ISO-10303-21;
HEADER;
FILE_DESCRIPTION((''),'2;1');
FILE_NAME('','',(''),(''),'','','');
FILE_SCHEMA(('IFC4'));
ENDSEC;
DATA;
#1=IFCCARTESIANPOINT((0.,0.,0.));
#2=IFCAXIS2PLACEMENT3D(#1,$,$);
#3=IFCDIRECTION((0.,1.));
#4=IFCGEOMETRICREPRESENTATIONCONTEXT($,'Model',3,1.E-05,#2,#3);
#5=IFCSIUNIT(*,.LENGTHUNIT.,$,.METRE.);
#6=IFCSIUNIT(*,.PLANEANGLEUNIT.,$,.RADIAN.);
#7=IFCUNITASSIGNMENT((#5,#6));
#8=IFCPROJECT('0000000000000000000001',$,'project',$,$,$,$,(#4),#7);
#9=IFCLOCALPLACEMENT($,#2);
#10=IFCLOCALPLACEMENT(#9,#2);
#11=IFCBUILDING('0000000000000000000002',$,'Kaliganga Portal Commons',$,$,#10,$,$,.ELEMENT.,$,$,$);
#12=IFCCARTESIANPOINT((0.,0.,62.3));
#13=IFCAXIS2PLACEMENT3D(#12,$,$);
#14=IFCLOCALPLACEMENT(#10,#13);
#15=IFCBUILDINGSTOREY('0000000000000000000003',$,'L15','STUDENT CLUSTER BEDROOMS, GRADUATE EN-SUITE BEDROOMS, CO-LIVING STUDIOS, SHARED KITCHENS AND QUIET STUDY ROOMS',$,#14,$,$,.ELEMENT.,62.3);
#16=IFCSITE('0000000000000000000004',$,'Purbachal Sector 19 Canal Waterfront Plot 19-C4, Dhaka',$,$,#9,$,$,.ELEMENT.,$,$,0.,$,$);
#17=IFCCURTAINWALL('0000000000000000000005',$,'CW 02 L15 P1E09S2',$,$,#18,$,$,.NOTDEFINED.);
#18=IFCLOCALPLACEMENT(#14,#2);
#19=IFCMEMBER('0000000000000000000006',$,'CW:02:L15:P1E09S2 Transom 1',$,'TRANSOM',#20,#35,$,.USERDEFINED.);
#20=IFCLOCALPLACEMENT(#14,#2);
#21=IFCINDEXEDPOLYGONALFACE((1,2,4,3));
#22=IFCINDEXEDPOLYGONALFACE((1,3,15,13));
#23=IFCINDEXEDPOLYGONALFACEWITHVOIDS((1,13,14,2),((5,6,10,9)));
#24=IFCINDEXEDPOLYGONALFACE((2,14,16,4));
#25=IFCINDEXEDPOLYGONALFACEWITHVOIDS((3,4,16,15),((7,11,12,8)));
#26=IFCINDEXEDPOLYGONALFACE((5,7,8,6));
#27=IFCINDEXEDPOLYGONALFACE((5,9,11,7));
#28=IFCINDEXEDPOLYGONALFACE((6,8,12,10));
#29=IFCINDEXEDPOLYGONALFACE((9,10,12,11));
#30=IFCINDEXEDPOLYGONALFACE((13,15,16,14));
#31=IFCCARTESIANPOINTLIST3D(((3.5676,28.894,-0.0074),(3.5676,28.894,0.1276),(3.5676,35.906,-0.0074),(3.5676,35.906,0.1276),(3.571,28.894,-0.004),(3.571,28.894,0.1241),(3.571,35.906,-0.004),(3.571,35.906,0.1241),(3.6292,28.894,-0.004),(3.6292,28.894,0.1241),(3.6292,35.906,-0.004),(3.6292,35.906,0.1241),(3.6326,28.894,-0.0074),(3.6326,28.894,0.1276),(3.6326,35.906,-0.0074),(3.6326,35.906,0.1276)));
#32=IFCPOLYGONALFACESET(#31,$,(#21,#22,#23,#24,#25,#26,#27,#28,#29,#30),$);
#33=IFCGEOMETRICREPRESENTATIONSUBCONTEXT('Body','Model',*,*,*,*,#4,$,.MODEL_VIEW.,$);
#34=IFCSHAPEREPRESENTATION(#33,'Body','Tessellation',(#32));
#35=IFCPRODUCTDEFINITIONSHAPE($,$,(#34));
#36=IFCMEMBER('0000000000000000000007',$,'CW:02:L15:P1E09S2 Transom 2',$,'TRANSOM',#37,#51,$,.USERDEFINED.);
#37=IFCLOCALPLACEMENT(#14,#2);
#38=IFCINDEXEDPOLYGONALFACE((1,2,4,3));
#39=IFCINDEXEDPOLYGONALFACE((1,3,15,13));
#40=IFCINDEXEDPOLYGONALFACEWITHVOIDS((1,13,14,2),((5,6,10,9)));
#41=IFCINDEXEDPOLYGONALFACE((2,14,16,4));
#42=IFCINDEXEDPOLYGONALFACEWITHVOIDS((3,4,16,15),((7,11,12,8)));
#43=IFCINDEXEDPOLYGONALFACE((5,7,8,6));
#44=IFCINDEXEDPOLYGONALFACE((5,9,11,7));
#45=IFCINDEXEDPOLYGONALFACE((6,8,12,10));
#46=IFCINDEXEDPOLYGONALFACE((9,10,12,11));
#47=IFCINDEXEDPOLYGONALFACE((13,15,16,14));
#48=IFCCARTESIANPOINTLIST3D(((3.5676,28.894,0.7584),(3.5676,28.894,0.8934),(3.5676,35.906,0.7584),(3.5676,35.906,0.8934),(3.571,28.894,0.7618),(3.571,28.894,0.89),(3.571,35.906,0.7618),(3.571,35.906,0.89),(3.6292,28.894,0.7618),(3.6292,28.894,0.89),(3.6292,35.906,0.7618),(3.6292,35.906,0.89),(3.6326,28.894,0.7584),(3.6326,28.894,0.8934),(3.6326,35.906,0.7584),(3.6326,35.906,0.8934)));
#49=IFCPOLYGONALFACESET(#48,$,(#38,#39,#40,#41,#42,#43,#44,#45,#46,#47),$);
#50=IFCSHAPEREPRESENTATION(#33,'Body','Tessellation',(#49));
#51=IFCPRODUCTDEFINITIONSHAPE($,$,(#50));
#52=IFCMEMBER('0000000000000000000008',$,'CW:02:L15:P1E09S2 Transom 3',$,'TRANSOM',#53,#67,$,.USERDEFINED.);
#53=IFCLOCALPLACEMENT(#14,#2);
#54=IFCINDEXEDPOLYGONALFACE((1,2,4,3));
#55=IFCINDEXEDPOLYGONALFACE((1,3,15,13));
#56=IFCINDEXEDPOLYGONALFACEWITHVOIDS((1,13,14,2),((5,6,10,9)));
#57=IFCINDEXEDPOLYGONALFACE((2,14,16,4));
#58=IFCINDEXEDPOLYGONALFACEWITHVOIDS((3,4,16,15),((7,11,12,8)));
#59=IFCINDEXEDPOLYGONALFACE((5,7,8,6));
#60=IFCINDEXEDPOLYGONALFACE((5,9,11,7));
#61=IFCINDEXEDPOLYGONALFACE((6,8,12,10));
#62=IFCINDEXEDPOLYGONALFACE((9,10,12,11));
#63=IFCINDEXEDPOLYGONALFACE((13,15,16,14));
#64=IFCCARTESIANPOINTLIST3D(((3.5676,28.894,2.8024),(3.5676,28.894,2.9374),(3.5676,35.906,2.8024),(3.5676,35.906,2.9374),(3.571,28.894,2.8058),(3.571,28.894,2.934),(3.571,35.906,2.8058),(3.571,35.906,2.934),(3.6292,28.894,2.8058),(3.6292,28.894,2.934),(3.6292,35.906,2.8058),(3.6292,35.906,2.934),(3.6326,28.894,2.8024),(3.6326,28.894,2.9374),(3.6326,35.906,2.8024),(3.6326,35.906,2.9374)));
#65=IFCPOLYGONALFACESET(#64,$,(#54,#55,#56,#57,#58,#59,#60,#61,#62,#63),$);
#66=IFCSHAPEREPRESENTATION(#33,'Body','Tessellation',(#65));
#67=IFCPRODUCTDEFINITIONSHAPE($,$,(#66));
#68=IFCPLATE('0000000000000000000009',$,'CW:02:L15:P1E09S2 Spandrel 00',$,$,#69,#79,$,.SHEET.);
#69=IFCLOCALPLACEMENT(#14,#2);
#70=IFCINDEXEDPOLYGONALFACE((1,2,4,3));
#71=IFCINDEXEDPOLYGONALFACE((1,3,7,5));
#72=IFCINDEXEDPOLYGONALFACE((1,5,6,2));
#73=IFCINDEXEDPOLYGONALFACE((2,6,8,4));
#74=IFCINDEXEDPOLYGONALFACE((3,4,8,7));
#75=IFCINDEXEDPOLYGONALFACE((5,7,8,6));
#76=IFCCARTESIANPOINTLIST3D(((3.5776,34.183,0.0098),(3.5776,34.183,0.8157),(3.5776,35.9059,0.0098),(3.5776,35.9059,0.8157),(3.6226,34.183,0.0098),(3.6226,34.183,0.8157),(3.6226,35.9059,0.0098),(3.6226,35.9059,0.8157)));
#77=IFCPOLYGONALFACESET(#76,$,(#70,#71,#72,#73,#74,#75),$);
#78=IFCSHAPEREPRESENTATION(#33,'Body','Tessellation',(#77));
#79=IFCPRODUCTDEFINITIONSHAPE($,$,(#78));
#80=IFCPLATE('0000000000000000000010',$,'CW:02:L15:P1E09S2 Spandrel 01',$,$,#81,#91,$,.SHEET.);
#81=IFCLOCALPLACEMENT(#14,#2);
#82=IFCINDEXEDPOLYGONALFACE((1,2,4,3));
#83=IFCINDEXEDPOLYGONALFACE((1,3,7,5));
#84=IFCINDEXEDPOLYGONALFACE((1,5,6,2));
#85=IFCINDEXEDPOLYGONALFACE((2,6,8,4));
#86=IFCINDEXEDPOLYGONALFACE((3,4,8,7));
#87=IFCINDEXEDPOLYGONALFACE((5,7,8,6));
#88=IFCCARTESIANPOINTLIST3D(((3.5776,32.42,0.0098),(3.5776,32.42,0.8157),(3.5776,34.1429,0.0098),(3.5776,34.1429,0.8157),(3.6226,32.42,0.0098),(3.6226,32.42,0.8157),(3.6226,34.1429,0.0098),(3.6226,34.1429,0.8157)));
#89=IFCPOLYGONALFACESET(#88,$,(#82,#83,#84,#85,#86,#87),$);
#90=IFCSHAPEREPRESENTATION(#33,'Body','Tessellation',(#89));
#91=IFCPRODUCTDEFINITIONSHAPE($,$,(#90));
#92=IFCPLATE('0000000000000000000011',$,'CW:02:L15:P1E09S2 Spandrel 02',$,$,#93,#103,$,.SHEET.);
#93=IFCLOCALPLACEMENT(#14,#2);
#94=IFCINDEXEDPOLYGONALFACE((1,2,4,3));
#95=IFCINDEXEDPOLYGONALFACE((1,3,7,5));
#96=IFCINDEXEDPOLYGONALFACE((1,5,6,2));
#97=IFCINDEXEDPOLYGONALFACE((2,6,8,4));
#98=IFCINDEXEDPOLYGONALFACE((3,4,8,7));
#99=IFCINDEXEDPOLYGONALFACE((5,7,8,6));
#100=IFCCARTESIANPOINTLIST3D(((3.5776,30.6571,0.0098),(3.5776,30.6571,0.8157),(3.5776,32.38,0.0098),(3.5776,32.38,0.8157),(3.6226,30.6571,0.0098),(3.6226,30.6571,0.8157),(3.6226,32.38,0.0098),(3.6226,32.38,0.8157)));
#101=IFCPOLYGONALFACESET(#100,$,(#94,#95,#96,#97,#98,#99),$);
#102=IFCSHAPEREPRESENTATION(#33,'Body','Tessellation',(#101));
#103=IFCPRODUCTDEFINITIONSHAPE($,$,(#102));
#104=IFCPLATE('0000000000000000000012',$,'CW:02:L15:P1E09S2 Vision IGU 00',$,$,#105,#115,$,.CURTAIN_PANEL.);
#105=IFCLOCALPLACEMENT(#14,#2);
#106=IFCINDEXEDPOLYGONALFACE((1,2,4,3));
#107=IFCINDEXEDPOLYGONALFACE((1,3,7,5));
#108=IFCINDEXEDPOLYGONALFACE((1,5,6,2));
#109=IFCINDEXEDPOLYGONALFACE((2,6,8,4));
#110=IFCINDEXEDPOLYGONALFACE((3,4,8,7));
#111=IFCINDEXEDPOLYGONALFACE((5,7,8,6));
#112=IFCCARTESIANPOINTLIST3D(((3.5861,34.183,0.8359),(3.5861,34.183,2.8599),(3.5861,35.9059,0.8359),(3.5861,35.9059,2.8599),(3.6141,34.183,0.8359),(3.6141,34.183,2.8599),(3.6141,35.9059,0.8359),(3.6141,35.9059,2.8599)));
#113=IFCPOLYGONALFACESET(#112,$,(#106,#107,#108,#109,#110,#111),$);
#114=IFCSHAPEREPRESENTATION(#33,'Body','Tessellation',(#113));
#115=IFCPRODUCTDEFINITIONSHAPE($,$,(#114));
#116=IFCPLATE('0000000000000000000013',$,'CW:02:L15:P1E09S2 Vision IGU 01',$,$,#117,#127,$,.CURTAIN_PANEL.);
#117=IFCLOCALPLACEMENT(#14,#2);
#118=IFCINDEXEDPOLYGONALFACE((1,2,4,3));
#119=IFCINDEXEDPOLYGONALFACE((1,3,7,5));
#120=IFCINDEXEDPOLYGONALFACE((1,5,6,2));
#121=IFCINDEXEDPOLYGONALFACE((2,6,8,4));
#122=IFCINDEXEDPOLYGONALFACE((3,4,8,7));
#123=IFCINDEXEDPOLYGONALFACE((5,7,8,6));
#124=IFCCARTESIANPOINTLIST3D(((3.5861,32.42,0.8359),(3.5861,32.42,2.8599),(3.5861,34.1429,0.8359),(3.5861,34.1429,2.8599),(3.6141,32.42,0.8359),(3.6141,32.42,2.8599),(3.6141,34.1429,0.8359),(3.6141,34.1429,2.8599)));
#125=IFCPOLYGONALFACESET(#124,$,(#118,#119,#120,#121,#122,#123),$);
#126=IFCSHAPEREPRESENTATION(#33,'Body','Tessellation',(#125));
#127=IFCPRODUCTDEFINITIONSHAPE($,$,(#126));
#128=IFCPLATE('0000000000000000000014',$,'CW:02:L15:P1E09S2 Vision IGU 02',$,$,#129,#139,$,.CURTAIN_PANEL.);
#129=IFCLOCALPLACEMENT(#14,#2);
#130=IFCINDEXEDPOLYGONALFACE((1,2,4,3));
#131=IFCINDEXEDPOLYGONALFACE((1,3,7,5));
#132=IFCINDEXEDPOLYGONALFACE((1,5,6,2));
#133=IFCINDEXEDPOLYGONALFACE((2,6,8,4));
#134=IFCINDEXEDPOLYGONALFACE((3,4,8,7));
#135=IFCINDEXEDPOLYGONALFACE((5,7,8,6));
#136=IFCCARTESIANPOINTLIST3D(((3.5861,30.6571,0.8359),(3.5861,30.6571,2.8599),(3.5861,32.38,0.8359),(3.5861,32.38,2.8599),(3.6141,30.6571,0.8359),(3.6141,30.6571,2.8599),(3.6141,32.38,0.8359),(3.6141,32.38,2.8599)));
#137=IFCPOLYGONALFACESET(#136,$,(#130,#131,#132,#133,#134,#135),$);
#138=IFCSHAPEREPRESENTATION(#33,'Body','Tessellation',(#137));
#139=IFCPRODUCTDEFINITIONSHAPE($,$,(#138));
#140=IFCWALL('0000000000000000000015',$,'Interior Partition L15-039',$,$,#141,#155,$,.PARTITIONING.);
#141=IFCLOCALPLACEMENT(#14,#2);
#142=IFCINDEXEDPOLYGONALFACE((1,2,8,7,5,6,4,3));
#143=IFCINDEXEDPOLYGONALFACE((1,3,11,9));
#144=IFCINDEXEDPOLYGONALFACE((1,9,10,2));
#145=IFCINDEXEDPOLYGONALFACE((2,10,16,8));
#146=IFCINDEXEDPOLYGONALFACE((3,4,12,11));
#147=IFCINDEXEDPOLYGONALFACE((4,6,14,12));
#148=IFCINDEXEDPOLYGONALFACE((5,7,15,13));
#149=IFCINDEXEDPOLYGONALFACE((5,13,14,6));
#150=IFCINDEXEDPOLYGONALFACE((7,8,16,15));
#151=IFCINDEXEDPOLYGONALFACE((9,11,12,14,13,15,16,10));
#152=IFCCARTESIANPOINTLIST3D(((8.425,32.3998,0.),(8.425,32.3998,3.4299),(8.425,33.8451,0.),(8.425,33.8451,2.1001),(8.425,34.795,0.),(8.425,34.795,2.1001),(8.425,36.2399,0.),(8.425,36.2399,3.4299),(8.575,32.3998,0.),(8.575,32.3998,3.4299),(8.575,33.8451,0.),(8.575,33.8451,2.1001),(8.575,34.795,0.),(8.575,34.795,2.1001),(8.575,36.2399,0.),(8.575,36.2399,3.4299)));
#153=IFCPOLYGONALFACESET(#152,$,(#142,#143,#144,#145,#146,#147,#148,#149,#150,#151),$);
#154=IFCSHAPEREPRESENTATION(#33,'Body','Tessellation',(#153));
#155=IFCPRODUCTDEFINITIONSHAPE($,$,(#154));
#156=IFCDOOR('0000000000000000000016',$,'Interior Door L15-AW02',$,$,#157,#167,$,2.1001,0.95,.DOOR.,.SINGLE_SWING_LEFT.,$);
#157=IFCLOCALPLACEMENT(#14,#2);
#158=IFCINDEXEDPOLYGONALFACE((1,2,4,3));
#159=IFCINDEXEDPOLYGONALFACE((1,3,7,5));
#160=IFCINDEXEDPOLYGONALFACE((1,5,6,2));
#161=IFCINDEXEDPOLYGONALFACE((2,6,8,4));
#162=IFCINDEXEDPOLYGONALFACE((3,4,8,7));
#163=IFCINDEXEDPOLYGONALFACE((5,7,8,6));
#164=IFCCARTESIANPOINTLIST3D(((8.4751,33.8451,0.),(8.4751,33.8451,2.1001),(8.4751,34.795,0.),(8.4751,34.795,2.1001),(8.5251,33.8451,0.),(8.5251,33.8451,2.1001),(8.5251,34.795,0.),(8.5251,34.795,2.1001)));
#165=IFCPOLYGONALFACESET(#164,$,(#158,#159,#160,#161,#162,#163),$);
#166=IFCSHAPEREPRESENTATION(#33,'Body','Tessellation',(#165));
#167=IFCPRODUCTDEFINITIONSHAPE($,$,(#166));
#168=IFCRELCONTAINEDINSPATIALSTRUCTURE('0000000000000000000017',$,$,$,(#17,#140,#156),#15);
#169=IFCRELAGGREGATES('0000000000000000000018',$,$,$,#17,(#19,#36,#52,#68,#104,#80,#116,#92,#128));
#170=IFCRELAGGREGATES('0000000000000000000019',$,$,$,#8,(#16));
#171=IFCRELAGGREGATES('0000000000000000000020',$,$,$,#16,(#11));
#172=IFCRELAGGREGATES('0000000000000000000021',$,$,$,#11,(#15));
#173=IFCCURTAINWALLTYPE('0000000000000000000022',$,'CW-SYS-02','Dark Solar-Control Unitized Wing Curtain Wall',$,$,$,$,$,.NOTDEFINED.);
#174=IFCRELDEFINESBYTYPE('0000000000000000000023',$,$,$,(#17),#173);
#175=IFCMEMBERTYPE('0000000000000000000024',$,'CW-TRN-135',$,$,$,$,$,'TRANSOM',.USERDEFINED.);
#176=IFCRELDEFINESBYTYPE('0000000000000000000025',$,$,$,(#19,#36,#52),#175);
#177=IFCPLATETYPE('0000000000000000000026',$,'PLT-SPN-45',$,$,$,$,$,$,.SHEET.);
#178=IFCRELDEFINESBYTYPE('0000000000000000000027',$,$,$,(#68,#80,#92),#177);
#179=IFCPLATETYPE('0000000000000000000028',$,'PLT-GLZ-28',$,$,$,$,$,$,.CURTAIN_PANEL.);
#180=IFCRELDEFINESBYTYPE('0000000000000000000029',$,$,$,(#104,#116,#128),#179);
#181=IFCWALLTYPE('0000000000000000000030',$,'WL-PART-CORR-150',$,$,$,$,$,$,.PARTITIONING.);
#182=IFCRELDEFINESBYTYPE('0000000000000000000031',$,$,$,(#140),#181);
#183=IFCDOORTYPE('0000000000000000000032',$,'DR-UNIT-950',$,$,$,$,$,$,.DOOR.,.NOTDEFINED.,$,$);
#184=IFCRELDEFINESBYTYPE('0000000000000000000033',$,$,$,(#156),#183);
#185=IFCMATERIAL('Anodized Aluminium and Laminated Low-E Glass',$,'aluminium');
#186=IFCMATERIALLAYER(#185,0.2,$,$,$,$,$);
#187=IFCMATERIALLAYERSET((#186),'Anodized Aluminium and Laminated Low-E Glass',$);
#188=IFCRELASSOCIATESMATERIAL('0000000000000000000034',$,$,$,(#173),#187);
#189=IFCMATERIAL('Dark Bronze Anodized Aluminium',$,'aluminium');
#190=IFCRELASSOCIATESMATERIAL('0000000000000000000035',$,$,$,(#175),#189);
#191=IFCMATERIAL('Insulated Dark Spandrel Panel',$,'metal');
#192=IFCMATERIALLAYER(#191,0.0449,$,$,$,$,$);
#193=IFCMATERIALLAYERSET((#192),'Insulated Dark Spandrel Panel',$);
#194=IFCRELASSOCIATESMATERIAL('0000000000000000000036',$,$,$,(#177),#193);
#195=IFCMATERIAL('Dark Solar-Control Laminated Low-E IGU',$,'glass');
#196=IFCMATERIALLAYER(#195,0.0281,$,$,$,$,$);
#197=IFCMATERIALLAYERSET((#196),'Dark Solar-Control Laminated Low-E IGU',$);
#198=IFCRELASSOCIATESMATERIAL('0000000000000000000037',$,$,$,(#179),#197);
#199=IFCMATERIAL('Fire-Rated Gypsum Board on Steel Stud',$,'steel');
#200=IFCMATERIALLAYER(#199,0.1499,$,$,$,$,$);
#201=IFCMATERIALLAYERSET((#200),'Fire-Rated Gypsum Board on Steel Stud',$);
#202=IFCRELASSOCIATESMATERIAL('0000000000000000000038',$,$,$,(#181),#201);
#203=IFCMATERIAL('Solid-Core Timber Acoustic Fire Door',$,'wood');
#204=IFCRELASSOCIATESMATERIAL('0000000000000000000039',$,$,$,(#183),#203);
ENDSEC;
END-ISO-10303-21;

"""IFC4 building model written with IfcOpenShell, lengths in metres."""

from ifc_helpers import new_model, si_unit, direction, frame, frame_2d, origin, origin_2d, place, context, subcontext, project, spatial, rectangle, hollow_rectangle, extrude, source, transform, mapped, material, layer, layer_set, material_profile, profile_set, type_object, element, fill, aggregate, save


model = new_model("IFC4")

# Units and contexts
model_context = context("Model", 3, precision=1e-05, world=origin(), true_north=direction((0.0, 1.0)))
body_context = subcontext(model_context, "Body", "Model", "MODEL_VIEW")
ifc_project = project(units=[si_unit("LENGTHUNIT", "METRE"), si_unit("PLANEANGLEUNIT", "RADIAN")], contexts=[model_context])

# Site, building, storey
site_placement = place(None, origin())
site = spatial("IfcSite", under=ifc_project, at=site_placement, Name="Purbachal Sector 19 Canal Waterfront Plot 19-C4, Dhaka", CompositionType="ELEMENT", RefElevation=0.0)
building_placement = place(site_placement, origin())
building = spatial("IfcBuilding", under=site, at=building_placement, Name="Kaliganga Portal Commons", CompositionType="ELEMENT")
storey_placement = place(building_placement, frame((0.0, 0.0, 62.3)))
storey = spatial("IfcBuildingStorey", under=building, at=storey_placement, Name="L15", Description="STUDENT CLUSTER BEDROOMS, GRADUATE EN-SUITE BEDROOMS, CO-LIVING STUDIOS, SHARED KITCHENS AND QUIET STUDY ROOMS", CompositionType="ELEMENT", Elevation=62.3)

# Curtain wall, members, plates
ifc_material_1 = material(Name="Anodized Aluminium and Laminated Low-E Glass", Category="aluminium")
ifc_layer_1 = layer(ifc_material_1, 0.2)
ifc_layer_set_1 = layer_set([ifc_layer_1], Name="Anodized Aluminium and Laminated Low-E Glass")
curtain_wall_type = type_object("IfcCurtainWallType", Name="CW-SYS-02", Description="Dark Solar-Control Unitized Wing Curtain Wall", PredefinedType="NOTDEFINED", material=ifc_layer_set_1)
curtain_wall_placement = place(storey_placement, origin())
curtain_wall = element("IfcCurtainWall", 1, at=curtain_wall_placement, inside=storey, type_object=curtain_wall_type, Name="CW 02 L15 P1E09S2", PredefinedType="NOTDEFINED")
ifc_material_2 = material(Name="Dark Bronze Anodized Aluminium", Category="aluminium")
ifc_material_profile_1 = material_profile(ifc_material_2, hollow_rectangle(XDim=0.0649, YDim=0.135, WallThickness=0.0034, at=origin_2d()), Name="ALU TRAN 65x135x3.5")
ifc_profile_set_1 = profile_set([ifc_material_profile_1], Name="Dark Bronze Anodized Aluminium")
member_type_1 = type_object("IfcMemberType", Name="CW-TRN-135", ElementType="TRANSOM", PredefinedType="USERDEFINED", material=ifc_profile_set_1)
shared_shape_1 = source(origin(), body_context, "Body", "SweptSolid", [
    extrude(hollow_rectangle(XDim=0.0649, YDim=0.135, WallThickness=0.0034, at=origin_2d()), origin(), (0.0, 0.0, 1.0), 7.012),
])
member_1_placement = place(storey_placement, frame((3.6001, 35.906, 0.0601), z_axis=(0.0, -1.0, 0.0), x_axis=(1.0, 0.0, 0.0)))
member_1 = element("IfcMember", 2, at=member_1_placement, type_object=member_type_1, Name="CW:02:L15:P1E09S2 Transom 1", ObjectType="TRANSOM", PredefinedType="USERDEFINED", context=body_context, shape_type="MappedRepresentation", body=[
    mapped(shared_shape_1, transform((0.0, 0.0, 0.0), x_axis=(1.0, 0.0, 0.0), y_axis=(0.0, 1.0, 0.0), z_axis=(0.0, 0.0, 1.0), scale=1.0)),
])
member_2_placement = place(storey_placement, frame((3.6001, 35.906, 0.8259), z_axis=(0.0, -1.0, 0.0), x_axis=(1.0, 0.0, 0.0)))
member_2 = element("IfcMember", 3, at=member_2_placement, type_object=member_type_1, Name="CW:02:L15:P1E09S2 Transom 2", ObjectType="TRANSOM", PredefinedType="USERDEFINED", context=body_context, shape_type="MappedRepresentation", body=[
    mapped(shared_shape_1, transform((0.0, 0.0, 0.0), x_axis=(1.0, 0.0, 0.0), y_axis=(0.0, 1.0, 0.0), z_axis=(0.0, 0.0, 1.0), scale=1.0)),
])
member_3_placement = place(storey_placement, frame((3.6001, 35.906, 2.8699), z_axis=(0.0, -1.0, 0.0), x_axis=(1.0, 0.0, 0.0)))
member_3 = element("IfcMember", 4, at=member_3_placement, type_object=member_type_1, Name="CW:02:L15:P1E09S2 Transom 3", ObjectType="TRANSOM", PredefinedType="USERDEFINED", context=body_context, shape_type="MappedRepresentation", body=[
    mapped(shared_shape_1, transform((0.0, 0.0, 0.0), x_axis=(1.0, 0.0, 0.0), y_axis=(0.0, 1.0, 0.0), z_axis=(0.0, 0.0, 1.0), scale=1.0)),
])
ifc_material_3 = material(Name="Insulated Dark Spandrel Panel", Category="metal")
ifc_layer_2 = layer(ifc_material_3, 0.0449)
ifc_layer_set_2 = layer_set([ifc_layer_2], Name="Insulated Dark Spandrel Panel")
plate_type_1 = type_object("IfcPlateType", Name="PLT-SPN-45", PredefinedType="SHEET", material=ifc_layer_set_2)
shared_shape_2 = source(origin(), body_context, "Body", "SweptSolid", [
    extrude(rectangle(XDim=1.7229, YDim=0.0449, at=origin_2d()), origin(), (0.0, 0.0, 1.0), 0.8059),
])
plate_1_placement = place(storey_placement, frame((3.6001, 35.0444, 0.0098), z_axis=(0.0, 0.0, 1.0), x_axis=(0.0, -1.0, 0.0)))
plate_1 = element("IfcPlate", 5, at=plate_1_placement, type_object=plate_type_1, Name="CW:02:L15:P1E09S2 Spandrel 00", PredefinedType="SHEET", context=body_context, shape_type="MappedRepresentation", body=[
    mapped(shared_shape_2, transform((0.0, 0.0, 0.0), x_axis=(1.0, 0.0, 0.0), y_axis=(0.0, 1.0, 0.0), z_axis=(0.0, 0.0, 1.0), scale=1.0)),
])
plate_2_placement = place(storey_placement, frame((3.6001, 33.2815, 0.0098), z_axis=(0.0, 0.0, 1.0), x_axis=(0.0, -1.0, 0.0)))
plate_2 = element("IfcPlate", 6, at=plate_2_placement, type_object=plate_type_1, Name="CW:02:L15:P1E09S2 Spandrel 01", PredefinedType="SHEET", context=body_context, shape_type="MappedRepresentation", body=[
    mapped(shared_shape_2, transform((0.0, 0.0, 0.0), x_axis=(1.0, 0.0, 0.0), y_axis=(0.0, 1.0, 0.0), z_axis=(0.0, 0.0, 1.0), scale=1.0)),
])
plate_3_placement = place(storey_placement, frame((3.6001, 31.5186, 0.0098), z_axis=(0.0, 0.0, 1.0), x_axis=(0.0, -1.0, 0.0)))
plate_3 = element("IfcPlate", 7, at=plate_3_placement, type_object=plate_type_1, Name="CW:02:L15:P1E09S2 Spandrel 02", PredefinedType="SHEET", context=body_context, shape_type="MappedRepresentation", body=[
    mapped(shared_shape_2, transform((0.0, 0.0, 0.0), x_axis=(1.0, 0.0, 0.0), y_axis=(0.0, 1.0, 0.0), z_axis=(0.0, 0.0, 1.0), scale=1.0)),
])
ifc_material_4 = material(Name="Dark Solar-Control Laminated Low-E IGU", Category="glass")
ifc_layer_3 = layer(ifc_material_4, 0.0281)
ifc_layer_set_3 = layer_set([ifc_layer_3], Name="Dark Solar-Control Laminated Low-E IGU")
plate_type_2 = type_object("IfcPlateType", Name="PLT-GLZ-28", PredefinedType="CURTAIN_PANEL", material=ifc_layer_set_3)
shared_shape_3 = source(origin(), body_context, "Body", "SweptSolid", [
    extrude(rectangle(XDim=1.7229, YDim=0.0281, at=origin_2d()), origin(), (0.0, 0.0, 1.0), 2.0239),
])
plate_4_placement = place(storey_placement, frame((3.6001, 35.0444, 0.8359), z_axis=(0.0, 0.0, 1.0), x_axis=(0.0, -1.0, 0.0)))
plate_4 = element("IfcPlate", 8, at=plate_4_placement, type_object=plate_type_2, Name="CW:02:L15:P1E09S2 Vision IGU 00", PredefinedType="CURTAIN_PANEL", context=body_context, shape_type="MappedRepresentation", body=[
    mapped(shared_shape_3, transform((0.0, 0.0, 0.0), x_axis=(1.0, 0.0, 0.0), y_axis=(0.0, 1.0, 0.0), z_axis=(0.0, 0.0, 1.0), scale=1.0)),
])
plate_5_placement = place(storey_placement, frame((3.6001, 33.2815, 0.8359), z_axis=(0.0, 0.0, 1.0), x_axis=(0.0, -1.0, 0.0)))
plate_5 = element("IfcPlate", 9, at=plate_5_placement, type_object=plate_type_2, Name="CW:02:L15:P1E09S2 Vision IGU 01", PredefinedType="CURTAIN_PANEL", context=body_context, shape_type="MappedRepresentation", body=[
    mapped(shared_shape_3, transform((0.0, 0.0, 0.0), x_axis=(1.0, 0.0, 0.0), y_axis=(0.0, 1.0, 0.0), z_axis=(0.0, 0.0, 1.0), scale=1.0)),
])
plate_6_placement = place(storey_placement, frame((3.6001, 31.5186, 0.8359), z_axis=(0.0, 0.0, 1.0), x_axis=(0.0, -1.0, 0.0)))
plate_6 = element("IfcPlate", 10, at=plate_6_placement, type_object=plate_type_2, Name="CW:02:L15:P1E09S2 Vision IGU 02", PredefinedType="CURTAIN_PANEL", context=body_context, shape_type="MappedRepresentation", body=[
    mapped(shared_shape_3, transform((0.0, 0.0, 0.0), x_axis=(1.0, 0.0, 0.0), y_axis=(0.0, 1.0, 0.0), z_axis=(0.0, 0.0, 1.0), scale=1.0)),
])
aggregate(curtain_wall, [member_1, member_2, member_3, plate_1, plate_4, plate_2, plate_5, plate_3, plate_6])

# Wall, opening, door
ifc_material_5 = material(Name="Fire-Rated Gypsum Board on Steel Stud", Category="steel")
ifc_layer_4 = layer(ifc_material_5, 0.1499)
ifc_layer_set_4 = layer_set([ifc_layer_4], Name="Fire-Rated Gypsum Board on Steel Stud")
wall_type_1 = type_object("IfcWallType", Name="WL-PART-CORR-150", PredefinedType="PARTITIONING", material=ifc_layer_set_4)
wall_1_placement = place(storey_placement, frame((8.5, 32.3999, 0.0), z_axis=(0.0, 0.0, 1.0), x_axis=(0.0, 1.0, 0.0)))
wall_1 = element("IfcWall", 11, at=wall_1_placement, inside=storey, type_object=wall_type_1, Name="Interior Partition L15-039", PredefinedType="PARTITIONING", context=body_context, shape_type="SweptSolid", body=[
    extrude(rectangle(XDim=3.8401, YDim=0.1499, at=frame_2d((1.9199, 0.0))), origin(), (0.0, 0.0, 1.0), 3.4299),
])
opening_1_placement = place(wall_1_placement, frame((1.4451, 0.0, 0.0)))
opening_1 = element("IfcOpeningElement", 12, at=opening_1_placement, cuts=wall_1, PredefinedType="OPENING", context=body_context, shape_type="SweptSolid", body=[
    extrude(rectangle(XDim=0.95, YDim=2.1001, at=frame_2d((0.4751, 1.05))), frame((0.0, 0.085, 0.0), z_axis=(0.0, -1.0, 0.0), x_axis=(1.0, 0.0, 0.0)), (0.0, 0.0, 1.0), 0.1699),
])
ifc_material_6 = material(Name="Solid-Core Timber Acoustic Fire Door", Category="wood")
door_type_1 = type_object("IfcDoorType", Name="DR-UNIT-950", OperationType="NOTDEFINED", PredefinedType="DOOR", material=ifc_material_6)
door_1_placement = place(opening_1_placement, origin())
door_1 = element("IfcDoor", 13, at=door_1_placement, inside=storey, type_object=door_type_1, Name="Interior Door L15-AW02", OperationType="SINGLE_SWING_LEFT", OverallHeight=2.1001, OverallWidth=0.95, PredefinedType="DOOR", context=body_context, shape_type="SweptSolid", body=[
    extrude(rectangle(XDim=0.95, YDim=2.1001, at=frame_2d((0.4751, 1.05))), frame((0.0, 0.0249, 0.0), z_axis=(0.0, -1.0, 0.0), x_axis=(1.0, 0.0, 0.0)), (0.0, 0.0, 1.0), 0.05),
])
fill(opening_1, door_1)

save(model, "model.ifc")
